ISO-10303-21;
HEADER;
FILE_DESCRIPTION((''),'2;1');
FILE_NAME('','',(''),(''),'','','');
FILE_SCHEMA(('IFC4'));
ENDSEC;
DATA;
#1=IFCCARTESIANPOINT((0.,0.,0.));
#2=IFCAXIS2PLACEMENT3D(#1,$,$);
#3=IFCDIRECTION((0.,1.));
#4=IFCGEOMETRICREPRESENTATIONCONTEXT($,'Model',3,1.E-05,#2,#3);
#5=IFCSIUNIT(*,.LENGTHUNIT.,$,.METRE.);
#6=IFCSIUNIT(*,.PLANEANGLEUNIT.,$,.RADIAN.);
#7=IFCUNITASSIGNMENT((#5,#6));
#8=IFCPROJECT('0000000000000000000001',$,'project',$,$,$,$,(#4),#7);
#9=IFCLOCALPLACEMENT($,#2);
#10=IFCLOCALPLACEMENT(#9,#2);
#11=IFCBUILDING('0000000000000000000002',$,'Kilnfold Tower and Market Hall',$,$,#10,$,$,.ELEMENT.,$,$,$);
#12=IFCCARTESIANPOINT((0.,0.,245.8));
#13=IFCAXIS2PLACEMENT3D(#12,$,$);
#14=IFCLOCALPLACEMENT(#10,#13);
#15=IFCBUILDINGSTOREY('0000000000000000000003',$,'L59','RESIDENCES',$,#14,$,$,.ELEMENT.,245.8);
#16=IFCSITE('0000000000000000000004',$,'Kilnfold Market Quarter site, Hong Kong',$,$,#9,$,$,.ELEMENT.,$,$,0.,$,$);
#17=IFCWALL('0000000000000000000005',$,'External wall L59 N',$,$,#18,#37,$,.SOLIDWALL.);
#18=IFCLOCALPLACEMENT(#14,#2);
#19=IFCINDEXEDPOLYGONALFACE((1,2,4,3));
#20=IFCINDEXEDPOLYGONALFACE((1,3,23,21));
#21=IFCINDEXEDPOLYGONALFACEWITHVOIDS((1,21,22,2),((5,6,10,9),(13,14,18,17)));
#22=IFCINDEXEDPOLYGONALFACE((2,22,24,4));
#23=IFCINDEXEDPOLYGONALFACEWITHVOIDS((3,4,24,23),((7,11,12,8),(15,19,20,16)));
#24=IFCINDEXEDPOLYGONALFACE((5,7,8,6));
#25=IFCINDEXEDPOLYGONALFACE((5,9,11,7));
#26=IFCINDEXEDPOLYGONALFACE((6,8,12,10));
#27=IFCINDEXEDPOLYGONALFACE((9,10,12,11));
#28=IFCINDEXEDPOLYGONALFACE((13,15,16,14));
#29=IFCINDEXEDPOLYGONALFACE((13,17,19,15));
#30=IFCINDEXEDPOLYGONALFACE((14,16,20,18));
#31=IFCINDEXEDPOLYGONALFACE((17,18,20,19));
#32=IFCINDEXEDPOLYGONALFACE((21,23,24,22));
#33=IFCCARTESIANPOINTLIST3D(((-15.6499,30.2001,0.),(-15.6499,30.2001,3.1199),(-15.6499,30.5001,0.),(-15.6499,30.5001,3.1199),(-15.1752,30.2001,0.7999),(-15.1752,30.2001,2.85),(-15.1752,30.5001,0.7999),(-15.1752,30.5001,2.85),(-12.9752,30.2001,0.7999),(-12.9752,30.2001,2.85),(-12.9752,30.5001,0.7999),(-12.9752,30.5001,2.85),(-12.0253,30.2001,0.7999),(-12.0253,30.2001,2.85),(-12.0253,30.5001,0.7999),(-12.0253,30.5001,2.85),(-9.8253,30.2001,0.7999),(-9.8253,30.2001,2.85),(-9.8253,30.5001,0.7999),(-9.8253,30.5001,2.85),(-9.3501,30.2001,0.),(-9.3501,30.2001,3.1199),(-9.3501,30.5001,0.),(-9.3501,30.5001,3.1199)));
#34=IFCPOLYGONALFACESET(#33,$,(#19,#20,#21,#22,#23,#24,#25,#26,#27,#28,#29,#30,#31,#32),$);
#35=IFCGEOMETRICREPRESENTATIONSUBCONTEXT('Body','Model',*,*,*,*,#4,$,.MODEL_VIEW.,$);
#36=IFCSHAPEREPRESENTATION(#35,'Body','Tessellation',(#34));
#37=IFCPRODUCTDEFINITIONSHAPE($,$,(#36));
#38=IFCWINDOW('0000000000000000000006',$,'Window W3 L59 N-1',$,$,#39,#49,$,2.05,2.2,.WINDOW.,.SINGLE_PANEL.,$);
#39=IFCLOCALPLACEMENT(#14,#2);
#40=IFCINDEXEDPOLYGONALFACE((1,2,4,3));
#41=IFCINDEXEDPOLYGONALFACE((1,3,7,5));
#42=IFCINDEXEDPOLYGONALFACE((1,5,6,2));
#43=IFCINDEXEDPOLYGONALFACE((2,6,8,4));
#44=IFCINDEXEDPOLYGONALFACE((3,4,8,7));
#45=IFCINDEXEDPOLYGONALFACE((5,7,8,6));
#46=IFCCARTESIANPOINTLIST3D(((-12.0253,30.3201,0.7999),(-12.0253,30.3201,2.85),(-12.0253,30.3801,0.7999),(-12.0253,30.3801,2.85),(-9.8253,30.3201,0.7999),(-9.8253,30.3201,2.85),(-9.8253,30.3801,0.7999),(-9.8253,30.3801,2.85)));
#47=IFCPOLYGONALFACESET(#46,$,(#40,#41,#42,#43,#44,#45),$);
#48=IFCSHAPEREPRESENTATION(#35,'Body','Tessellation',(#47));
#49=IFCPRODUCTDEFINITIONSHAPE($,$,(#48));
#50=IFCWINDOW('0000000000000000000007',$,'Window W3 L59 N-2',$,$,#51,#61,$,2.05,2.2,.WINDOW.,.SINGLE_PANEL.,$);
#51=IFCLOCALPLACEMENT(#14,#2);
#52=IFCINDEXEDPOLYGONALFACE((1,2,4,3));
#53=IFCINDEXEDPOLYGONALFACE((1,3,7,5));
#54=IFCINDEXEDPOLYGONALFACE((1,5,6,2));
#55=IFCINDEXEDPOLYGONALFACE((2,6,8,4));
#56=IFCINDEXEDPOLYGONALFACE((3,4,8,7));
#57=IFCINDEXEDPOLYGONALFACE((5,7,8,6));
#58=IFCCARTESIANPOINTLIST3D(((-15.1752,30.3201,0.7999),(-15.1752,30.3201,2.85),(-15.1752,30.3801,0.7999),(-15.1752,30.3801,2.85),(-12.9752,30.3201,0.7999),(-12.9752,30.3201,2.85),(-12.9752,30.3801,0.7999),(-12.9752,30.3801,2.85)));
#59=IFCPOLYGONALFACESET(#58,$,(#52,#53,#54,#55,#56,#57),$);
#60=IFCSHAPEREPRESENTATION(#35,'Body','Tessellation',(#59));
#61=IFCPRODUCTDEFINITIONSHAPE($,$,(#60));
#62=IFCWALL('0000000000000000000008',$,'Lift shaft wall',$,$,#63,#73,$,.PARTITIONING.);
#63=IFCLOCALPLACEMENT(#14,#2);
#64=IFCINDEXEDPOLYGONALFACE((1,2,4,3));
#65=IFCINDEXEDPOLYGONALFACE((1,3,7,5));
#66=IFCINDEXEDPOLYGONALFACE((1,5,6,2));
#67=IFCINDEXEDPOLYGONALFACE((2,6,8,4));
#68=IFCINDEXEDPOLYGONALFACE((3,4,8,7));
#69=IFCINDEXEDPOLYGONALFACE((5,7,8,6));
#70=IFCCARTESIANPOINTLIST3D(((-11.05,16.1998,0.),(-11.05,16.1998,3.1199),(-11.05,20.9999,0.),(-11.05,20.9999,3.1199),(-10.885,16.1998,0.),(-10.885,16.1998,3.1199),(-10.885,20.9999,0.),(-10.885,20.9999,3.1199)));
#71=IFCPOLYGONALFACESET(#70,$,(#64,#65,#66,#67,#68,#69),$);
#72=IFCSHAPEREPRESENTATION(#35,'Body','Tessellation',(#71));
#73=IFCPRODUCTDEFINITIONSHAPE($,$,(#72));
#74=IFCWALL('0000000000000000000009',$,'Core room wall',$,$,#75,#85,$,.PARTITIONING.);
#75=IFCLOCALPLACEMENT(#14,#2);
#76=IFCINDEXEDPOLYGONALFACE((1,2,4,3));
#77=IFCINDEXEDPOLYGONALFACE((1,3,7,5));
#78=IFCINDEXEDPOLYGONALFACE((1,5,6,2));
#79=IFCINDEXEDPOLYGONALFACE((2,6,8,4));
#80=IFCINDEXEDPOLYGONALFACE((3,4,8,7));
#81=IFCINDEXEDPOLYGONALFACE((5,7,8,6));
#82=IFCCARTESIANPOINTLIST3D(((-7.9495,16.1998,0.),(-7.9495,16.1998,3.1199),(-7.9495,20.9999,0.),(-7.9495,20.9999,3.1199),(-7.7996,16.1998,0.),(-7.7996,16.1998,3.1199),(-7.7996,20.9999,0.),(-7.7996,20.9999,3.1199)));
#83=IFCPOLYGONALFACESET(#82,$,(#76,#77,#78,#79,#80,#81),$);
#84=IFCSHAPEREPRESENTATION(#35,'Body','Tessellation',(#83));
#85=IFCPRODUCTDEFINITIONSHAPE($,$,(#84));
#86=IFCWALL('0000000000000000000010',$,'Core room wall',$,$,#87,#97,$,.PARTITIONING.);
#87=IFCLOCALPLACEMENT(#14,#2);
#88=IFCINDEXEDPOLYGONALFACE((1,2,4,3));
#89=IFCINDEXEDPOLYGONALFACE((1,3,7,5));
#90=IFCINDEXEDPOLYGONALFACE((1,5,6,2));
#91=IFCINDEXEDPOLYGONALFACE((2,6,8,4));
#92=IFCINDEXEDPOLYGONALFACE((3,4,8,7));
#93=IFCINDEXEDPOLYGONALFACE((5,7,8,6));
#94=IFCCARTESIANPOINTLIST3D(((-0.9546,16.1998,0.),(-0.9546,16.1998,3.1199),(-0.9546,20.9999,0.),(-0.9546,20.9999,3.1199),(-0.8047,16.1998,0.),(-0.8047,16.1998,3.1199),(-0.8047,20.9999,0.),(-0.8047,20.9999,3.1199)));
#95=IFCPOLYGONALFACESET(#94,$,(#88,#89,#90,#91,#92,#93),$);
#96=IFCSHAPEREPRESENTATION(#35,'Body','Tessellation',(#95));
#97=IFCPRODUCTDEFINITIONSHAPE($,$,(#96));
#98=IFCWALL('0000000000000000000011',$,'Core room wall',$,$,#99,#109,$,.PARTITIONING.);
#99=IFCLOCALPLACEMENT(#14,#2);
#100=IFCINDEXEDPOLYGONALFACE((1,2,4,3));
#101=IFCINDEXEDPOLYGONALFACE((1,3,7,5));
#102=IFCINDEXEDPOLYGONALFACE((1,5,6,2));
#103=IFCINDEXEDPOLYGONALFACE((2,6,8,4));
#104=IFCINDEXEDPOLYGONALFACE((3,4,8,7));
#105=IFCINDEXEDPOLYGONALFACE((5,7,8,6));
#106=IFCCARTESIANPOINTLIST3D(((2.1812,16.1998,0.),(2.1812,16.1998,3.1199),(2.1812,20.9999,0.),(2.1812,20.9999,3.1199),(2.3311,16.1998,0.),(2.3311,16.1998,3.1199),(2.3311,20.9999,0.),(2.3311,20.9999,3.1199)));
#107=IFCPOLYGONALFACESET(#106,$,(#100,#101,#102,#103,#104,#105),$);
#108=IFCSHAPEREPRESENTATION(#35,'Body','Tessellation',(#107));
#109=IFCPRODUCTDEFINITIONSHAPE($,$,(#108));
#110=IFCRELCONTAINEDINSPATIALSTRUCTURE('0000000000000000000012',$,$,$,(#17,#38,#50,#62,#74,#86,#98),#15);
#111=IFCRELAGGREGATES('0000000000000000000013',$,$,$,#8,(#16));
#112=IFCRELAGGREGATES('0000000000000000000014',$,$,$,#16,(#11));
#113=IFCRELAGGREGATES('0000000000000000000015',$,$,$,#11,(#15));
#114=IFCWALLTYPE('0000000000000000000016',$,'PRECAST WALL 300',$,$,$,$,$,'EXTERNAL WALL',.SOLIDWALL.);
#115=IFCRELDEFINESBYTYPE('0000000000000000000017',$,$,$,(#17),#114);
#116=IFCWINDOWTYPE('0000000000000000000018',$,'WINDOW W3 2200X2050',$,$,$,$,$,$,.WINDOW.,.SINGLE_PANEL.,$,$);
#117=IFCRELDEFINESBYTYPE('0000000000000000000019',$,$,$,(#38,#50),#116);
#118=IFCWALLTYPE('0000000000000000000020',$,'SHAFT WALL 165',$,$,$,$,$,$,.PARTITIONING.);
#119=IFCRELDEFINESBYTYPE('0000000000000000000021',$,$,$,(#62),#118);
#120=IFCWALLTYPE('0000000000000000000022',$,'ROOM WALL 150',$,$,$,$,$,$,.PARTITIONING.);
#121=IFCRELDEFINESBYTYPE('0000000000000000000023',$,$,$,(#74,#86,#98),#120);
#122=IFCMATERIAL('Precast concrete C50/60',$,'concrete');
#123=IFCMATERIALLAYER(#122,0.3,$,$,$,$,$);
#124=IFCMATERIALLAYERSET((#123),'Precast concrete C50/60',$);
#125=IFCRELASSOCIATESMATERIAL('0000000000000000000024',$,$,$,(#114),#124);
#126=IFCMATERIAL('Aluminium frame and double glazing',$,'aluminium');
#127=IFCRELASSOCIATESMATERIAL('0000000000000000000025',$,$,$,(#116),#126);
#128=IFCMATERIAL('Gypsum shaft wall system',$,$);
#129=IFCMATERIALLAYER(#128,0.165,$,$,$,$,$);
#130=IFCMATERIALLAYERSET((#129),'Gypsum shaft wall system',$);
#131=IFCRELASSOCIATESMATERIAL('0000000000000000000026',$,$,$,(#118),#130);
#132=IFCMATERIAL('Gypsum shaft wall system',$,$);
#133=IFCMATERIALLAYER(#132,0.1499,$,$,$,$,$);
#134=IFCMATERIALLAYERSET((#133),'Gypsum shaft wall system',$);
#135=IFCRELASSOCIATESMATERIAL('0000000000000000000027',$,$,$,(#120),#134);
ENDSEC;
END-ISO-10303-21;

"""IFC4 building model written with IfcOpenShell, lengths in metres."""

from ifc_helpers import new_model, si_unit, direction, frame, frame_2d, origin, place, context, subcontext, project, spatial, rectangle, extrude, source, transform, mapped, material, layer, layer_set, type_object, element, fill, save


model = new_model("IFC4")

# Units and contexts
model_context = context("Model", 3, precision=1e-05, world=origin(), true_north=direction((0.0, 1.0)))
body_context = subcontext(model_context, "Body", "Model", "MODEL_VIEW")
ifc_project = project(units=[si_unit("LENGTHUNIT", "METRE"), si_unit("PLANEANGLEUNIT", "RADIAN")], contexts=[model_context])

# Site, building, storey
site_placement = place(None, origin())
site = spatial("IfcSite", under=ifc_project, at=site_placement, Name="Kilnfold Market Quarter site, Hong Kong", CompositionType="ELEMENT", RefElevation=0.0)
building_placement = place(site_placement, origin())
building = spatial("IfcBuilding", under=site, at=building_placement, Name="Kilnfold Tower and Market Hall", CompositionType="ELEMENT")
storey_placement = place(building_placement, frame((0.0, 0.0, 245.8)))
storey = spatial("IfcBuildingStorey", under=building, at=storey_placement, Name="L59", Description="RESIDENCES", CompositionType="ELEMENT", Elevation=245.8)

# Wall, openings, windows
ifc_material_1 = material(Name="Precast concrete C50/60", Category="concrete")
ifc_layer_1 = layer(ifc_material_1, 0.3)
ifc_layer_set_1 = layer_set([ifc_layer_1], Name="Precast concrete C50/60")
wall_type_1 = type_object("IfcWallType", Name="PRECAST WALL 300", ElementType="EXTERNAL WALL", PredefinedType="SOLIDWALL", material=ifc_layer_set_1)
shared_shape_1 = source(origin(), body_context, "Body", "SweptSolid", [
    extrude(rectangle(XDim=6.2998, YDim=0.3, at=frame_2d((3.1499, 0.0))), origin(), (0.0, 0.0, 1.0), 3.1199),
])
ifc_material_2 = material(Name="Aluminium frame and double glazing", Category="aluminium")
window_type = type_object("IfcWindowType", Name="WINDOW W3 2200X2050", PartitioningType="SINGLE_PANEL", PredefinedType="WINDOW", material=ifc_material_2)
wall_1_placement = place(storey_placement, frame((-9.3501, 30.3501, 0.0), z_axis=(0.0, 0.0, 1.0), x_axis=(-1.0, 0.0, 0.0)))
wall_1 = element("IfcWall", 1, at=wall_1_placement, inside=storey, type_object=wall_type_1, Name="External wall L59 N", PredefinedType="SOLIDWALL", context=body_context, shape_type="MappedRepresentation", body=[
    mapped(shared_shape_1, transform((0.0, 0.0, 0.0))),
])
opening_1_placement = place(wall_1_placement, frame((0.4751, 0.0, 0.8)))
opening_1 = element("IfcOpeningElement", 2, at=opening_1_placement, cuts=wall_1, PredefinedType="OPENING", context=body_context, shape_type="SweptSolid", body=[
    extrude(rectangle(XDim=2.2, YDim=2.05, at=frame_2d((1.1001, 1.0249))), frame((0.0, 0.1602, 0.0), z_axis=(0.0, -1.0, 0.0), x_axis=(1.0, 0.0, 0.0)), (0.0, 0.0, 1.0), 0.3201),
])
opening_2_placement = place(wall_1_placement, frame((3.625, 0.0, 0.8)))
opening_2 = element("IfcOpeningElement", 3, at=opening_2_placement, cuts=wall_1, PredefinedType="OPENING", context=body_context, shape_type="SweptSolid", body=[
    extrude(rectangle(XDim=2.2, YDim=2.05, at=frame_2d((1.1001, 1.0249))), frame((0.0, 0.1602, 0.0), z_axis=(0.0, -1.0, 0.0), x_axis=(1.0, 0.0, 0.0)), (0.0, 0.0, 1.0), 0.3201),
])
window_1_placement = place(opening_1_placement, origin())
window_1 = element("IfcWindow", 4, at=window_1_placement, inside=storey, type_object=window_type, Name="Window W3 L59 N-1", OverallHeight=2.05, OverallWidth=2.2, PartitioningType="SINGLE_PANEL", PredefinedType="WINDOW", context=body_context, shape_type="SweptSolid", body=[
    extrude(rectangle(XDim=2.2, YDim=2.05, at=frame_2d((1.1001, 1.0249))), frame((0.0, 0.03, 0.0), z_axis=(0.0, -1.0, 0.0), x_axis=(1.0, 0.0, 0.0)), (0.0, 0.0, 1.0), 0.0601),
])
fill(opening_1, window_1)
window_2_placement = place(opening_2_placement, origin())
window_2 = element("IfcWindow", 5, at=window_2_placement, inside=storey, type_object=window_type, Name="Window W3 L59 N-2", OverallHeight=2.05, OverallWidth=2.2, PartitioningType="SINGLE_PANEL", PredefinedType="WINDOW", context=body_context, shape_type="SweptSolid", body=[
    extrude(rectangle(XDim=2.2, YDim=2.05, at=frame_2d((1.1001, 1.0249))), frame((0.0, 0.03, 0.0), z_axis=(0.0, -1.0, 0.0), x_axis=(1.0, 0.0, 0.0)), (0.0, 0.0, 1.0), 0.0601),
])
fill(opening_2, window_2)

# Walls
ifc_material_3 = material(Name="Gypsum shaft wall system")
ifc_layer_2 = layer(ifc_material_3, 0.165)
ifc_layer_set_2 = layer_set([ifc_layer_2], Name="Gypsum shaft wall system")
wall_type_2 = type_object("IfcWallType", Name="SHAFT WALL 165", PredefinedType="PARTITIONING", material=ifc_layer_set_2)
shared_shape_2 = source(origin(), body_context, "Body", "SweptSolid", [
    extrude(rectangle(XDim=4.8, YDim=0.165, at=frame_2d((2.3999, 0.0))), origin(), (0.0, 0.0, 1.0), 3.1199),
])
wall_2_placement = place(storey_placement, frame((-10.9675, 16.2, 0.0), z_axis=(0.0, 0.0, 1.0), x_axis=(0.0, 1.0, 0.0)))
element("IfcWall", 6, at=wall_2_placement, inside=storey, type_object=wall_type_2, Name="Lift shaft wall", PredefinedType="PARTITIONING", context=body_context, shape_type="MappedRepresentation", body=[
    mapped(shared_shape_2, transform((0.0, 0.0, 0.0))),
])
ifc_material_4 = material(Name="Gypsum shaft wall system")
ifc_layer_3 = layer(ifc_material_4, 0.1499)
ifc_layer_set_3 = layer_set([ifc_layer_3], Name="Gypsum shaft wall system")
wall_type_3 = type_object("IfcWallType", Name="ROOM WALL 150", PredefinedType="PARTITIONING", material=ifc_layer_set_3)
shared_shape_3 = source(origin(), body_context, "Body", "SweptSolid", [
    extrude(rectangle(XDim=4.8, YDim=0.1499, at=frame_2d((2.3999, 0.0))), origin(), (0.0, 0.0, 1.0), 3.1199),
])
for number, where, z_axis, x_axis, name in (
    (7, (-7.8745, 16.2, 0.0), (0.0, 0.0, 1.0), (0.0, 1.0, 0.0), "Core room wall"),
    (8, (-0.8796, 16.2, 0.0), (0.0, 0.0, 1.0), (0.0, 1.0, 0.0), "Core room wall"),
    (9, (2.2561, 16.2, 0.0), (0.0, 0.0, 1.0), (0.0, 1.0, 0.0), "Core room wall"),
):
    element("IfcWall", number, at=place(storey_placement, frame(where, z_axis=z_axis, x_axis=x_axis)), inside=storey, type_object=wall_type_3, Name=name, PredefinedType="PARTITIONING", context=body_context, shape_type="MappedRepresentation", body=[
        mapped(shared_shape_3, transform((0.0, 0.0, 0.0))),
    ])

save(model, "model.ifc")
